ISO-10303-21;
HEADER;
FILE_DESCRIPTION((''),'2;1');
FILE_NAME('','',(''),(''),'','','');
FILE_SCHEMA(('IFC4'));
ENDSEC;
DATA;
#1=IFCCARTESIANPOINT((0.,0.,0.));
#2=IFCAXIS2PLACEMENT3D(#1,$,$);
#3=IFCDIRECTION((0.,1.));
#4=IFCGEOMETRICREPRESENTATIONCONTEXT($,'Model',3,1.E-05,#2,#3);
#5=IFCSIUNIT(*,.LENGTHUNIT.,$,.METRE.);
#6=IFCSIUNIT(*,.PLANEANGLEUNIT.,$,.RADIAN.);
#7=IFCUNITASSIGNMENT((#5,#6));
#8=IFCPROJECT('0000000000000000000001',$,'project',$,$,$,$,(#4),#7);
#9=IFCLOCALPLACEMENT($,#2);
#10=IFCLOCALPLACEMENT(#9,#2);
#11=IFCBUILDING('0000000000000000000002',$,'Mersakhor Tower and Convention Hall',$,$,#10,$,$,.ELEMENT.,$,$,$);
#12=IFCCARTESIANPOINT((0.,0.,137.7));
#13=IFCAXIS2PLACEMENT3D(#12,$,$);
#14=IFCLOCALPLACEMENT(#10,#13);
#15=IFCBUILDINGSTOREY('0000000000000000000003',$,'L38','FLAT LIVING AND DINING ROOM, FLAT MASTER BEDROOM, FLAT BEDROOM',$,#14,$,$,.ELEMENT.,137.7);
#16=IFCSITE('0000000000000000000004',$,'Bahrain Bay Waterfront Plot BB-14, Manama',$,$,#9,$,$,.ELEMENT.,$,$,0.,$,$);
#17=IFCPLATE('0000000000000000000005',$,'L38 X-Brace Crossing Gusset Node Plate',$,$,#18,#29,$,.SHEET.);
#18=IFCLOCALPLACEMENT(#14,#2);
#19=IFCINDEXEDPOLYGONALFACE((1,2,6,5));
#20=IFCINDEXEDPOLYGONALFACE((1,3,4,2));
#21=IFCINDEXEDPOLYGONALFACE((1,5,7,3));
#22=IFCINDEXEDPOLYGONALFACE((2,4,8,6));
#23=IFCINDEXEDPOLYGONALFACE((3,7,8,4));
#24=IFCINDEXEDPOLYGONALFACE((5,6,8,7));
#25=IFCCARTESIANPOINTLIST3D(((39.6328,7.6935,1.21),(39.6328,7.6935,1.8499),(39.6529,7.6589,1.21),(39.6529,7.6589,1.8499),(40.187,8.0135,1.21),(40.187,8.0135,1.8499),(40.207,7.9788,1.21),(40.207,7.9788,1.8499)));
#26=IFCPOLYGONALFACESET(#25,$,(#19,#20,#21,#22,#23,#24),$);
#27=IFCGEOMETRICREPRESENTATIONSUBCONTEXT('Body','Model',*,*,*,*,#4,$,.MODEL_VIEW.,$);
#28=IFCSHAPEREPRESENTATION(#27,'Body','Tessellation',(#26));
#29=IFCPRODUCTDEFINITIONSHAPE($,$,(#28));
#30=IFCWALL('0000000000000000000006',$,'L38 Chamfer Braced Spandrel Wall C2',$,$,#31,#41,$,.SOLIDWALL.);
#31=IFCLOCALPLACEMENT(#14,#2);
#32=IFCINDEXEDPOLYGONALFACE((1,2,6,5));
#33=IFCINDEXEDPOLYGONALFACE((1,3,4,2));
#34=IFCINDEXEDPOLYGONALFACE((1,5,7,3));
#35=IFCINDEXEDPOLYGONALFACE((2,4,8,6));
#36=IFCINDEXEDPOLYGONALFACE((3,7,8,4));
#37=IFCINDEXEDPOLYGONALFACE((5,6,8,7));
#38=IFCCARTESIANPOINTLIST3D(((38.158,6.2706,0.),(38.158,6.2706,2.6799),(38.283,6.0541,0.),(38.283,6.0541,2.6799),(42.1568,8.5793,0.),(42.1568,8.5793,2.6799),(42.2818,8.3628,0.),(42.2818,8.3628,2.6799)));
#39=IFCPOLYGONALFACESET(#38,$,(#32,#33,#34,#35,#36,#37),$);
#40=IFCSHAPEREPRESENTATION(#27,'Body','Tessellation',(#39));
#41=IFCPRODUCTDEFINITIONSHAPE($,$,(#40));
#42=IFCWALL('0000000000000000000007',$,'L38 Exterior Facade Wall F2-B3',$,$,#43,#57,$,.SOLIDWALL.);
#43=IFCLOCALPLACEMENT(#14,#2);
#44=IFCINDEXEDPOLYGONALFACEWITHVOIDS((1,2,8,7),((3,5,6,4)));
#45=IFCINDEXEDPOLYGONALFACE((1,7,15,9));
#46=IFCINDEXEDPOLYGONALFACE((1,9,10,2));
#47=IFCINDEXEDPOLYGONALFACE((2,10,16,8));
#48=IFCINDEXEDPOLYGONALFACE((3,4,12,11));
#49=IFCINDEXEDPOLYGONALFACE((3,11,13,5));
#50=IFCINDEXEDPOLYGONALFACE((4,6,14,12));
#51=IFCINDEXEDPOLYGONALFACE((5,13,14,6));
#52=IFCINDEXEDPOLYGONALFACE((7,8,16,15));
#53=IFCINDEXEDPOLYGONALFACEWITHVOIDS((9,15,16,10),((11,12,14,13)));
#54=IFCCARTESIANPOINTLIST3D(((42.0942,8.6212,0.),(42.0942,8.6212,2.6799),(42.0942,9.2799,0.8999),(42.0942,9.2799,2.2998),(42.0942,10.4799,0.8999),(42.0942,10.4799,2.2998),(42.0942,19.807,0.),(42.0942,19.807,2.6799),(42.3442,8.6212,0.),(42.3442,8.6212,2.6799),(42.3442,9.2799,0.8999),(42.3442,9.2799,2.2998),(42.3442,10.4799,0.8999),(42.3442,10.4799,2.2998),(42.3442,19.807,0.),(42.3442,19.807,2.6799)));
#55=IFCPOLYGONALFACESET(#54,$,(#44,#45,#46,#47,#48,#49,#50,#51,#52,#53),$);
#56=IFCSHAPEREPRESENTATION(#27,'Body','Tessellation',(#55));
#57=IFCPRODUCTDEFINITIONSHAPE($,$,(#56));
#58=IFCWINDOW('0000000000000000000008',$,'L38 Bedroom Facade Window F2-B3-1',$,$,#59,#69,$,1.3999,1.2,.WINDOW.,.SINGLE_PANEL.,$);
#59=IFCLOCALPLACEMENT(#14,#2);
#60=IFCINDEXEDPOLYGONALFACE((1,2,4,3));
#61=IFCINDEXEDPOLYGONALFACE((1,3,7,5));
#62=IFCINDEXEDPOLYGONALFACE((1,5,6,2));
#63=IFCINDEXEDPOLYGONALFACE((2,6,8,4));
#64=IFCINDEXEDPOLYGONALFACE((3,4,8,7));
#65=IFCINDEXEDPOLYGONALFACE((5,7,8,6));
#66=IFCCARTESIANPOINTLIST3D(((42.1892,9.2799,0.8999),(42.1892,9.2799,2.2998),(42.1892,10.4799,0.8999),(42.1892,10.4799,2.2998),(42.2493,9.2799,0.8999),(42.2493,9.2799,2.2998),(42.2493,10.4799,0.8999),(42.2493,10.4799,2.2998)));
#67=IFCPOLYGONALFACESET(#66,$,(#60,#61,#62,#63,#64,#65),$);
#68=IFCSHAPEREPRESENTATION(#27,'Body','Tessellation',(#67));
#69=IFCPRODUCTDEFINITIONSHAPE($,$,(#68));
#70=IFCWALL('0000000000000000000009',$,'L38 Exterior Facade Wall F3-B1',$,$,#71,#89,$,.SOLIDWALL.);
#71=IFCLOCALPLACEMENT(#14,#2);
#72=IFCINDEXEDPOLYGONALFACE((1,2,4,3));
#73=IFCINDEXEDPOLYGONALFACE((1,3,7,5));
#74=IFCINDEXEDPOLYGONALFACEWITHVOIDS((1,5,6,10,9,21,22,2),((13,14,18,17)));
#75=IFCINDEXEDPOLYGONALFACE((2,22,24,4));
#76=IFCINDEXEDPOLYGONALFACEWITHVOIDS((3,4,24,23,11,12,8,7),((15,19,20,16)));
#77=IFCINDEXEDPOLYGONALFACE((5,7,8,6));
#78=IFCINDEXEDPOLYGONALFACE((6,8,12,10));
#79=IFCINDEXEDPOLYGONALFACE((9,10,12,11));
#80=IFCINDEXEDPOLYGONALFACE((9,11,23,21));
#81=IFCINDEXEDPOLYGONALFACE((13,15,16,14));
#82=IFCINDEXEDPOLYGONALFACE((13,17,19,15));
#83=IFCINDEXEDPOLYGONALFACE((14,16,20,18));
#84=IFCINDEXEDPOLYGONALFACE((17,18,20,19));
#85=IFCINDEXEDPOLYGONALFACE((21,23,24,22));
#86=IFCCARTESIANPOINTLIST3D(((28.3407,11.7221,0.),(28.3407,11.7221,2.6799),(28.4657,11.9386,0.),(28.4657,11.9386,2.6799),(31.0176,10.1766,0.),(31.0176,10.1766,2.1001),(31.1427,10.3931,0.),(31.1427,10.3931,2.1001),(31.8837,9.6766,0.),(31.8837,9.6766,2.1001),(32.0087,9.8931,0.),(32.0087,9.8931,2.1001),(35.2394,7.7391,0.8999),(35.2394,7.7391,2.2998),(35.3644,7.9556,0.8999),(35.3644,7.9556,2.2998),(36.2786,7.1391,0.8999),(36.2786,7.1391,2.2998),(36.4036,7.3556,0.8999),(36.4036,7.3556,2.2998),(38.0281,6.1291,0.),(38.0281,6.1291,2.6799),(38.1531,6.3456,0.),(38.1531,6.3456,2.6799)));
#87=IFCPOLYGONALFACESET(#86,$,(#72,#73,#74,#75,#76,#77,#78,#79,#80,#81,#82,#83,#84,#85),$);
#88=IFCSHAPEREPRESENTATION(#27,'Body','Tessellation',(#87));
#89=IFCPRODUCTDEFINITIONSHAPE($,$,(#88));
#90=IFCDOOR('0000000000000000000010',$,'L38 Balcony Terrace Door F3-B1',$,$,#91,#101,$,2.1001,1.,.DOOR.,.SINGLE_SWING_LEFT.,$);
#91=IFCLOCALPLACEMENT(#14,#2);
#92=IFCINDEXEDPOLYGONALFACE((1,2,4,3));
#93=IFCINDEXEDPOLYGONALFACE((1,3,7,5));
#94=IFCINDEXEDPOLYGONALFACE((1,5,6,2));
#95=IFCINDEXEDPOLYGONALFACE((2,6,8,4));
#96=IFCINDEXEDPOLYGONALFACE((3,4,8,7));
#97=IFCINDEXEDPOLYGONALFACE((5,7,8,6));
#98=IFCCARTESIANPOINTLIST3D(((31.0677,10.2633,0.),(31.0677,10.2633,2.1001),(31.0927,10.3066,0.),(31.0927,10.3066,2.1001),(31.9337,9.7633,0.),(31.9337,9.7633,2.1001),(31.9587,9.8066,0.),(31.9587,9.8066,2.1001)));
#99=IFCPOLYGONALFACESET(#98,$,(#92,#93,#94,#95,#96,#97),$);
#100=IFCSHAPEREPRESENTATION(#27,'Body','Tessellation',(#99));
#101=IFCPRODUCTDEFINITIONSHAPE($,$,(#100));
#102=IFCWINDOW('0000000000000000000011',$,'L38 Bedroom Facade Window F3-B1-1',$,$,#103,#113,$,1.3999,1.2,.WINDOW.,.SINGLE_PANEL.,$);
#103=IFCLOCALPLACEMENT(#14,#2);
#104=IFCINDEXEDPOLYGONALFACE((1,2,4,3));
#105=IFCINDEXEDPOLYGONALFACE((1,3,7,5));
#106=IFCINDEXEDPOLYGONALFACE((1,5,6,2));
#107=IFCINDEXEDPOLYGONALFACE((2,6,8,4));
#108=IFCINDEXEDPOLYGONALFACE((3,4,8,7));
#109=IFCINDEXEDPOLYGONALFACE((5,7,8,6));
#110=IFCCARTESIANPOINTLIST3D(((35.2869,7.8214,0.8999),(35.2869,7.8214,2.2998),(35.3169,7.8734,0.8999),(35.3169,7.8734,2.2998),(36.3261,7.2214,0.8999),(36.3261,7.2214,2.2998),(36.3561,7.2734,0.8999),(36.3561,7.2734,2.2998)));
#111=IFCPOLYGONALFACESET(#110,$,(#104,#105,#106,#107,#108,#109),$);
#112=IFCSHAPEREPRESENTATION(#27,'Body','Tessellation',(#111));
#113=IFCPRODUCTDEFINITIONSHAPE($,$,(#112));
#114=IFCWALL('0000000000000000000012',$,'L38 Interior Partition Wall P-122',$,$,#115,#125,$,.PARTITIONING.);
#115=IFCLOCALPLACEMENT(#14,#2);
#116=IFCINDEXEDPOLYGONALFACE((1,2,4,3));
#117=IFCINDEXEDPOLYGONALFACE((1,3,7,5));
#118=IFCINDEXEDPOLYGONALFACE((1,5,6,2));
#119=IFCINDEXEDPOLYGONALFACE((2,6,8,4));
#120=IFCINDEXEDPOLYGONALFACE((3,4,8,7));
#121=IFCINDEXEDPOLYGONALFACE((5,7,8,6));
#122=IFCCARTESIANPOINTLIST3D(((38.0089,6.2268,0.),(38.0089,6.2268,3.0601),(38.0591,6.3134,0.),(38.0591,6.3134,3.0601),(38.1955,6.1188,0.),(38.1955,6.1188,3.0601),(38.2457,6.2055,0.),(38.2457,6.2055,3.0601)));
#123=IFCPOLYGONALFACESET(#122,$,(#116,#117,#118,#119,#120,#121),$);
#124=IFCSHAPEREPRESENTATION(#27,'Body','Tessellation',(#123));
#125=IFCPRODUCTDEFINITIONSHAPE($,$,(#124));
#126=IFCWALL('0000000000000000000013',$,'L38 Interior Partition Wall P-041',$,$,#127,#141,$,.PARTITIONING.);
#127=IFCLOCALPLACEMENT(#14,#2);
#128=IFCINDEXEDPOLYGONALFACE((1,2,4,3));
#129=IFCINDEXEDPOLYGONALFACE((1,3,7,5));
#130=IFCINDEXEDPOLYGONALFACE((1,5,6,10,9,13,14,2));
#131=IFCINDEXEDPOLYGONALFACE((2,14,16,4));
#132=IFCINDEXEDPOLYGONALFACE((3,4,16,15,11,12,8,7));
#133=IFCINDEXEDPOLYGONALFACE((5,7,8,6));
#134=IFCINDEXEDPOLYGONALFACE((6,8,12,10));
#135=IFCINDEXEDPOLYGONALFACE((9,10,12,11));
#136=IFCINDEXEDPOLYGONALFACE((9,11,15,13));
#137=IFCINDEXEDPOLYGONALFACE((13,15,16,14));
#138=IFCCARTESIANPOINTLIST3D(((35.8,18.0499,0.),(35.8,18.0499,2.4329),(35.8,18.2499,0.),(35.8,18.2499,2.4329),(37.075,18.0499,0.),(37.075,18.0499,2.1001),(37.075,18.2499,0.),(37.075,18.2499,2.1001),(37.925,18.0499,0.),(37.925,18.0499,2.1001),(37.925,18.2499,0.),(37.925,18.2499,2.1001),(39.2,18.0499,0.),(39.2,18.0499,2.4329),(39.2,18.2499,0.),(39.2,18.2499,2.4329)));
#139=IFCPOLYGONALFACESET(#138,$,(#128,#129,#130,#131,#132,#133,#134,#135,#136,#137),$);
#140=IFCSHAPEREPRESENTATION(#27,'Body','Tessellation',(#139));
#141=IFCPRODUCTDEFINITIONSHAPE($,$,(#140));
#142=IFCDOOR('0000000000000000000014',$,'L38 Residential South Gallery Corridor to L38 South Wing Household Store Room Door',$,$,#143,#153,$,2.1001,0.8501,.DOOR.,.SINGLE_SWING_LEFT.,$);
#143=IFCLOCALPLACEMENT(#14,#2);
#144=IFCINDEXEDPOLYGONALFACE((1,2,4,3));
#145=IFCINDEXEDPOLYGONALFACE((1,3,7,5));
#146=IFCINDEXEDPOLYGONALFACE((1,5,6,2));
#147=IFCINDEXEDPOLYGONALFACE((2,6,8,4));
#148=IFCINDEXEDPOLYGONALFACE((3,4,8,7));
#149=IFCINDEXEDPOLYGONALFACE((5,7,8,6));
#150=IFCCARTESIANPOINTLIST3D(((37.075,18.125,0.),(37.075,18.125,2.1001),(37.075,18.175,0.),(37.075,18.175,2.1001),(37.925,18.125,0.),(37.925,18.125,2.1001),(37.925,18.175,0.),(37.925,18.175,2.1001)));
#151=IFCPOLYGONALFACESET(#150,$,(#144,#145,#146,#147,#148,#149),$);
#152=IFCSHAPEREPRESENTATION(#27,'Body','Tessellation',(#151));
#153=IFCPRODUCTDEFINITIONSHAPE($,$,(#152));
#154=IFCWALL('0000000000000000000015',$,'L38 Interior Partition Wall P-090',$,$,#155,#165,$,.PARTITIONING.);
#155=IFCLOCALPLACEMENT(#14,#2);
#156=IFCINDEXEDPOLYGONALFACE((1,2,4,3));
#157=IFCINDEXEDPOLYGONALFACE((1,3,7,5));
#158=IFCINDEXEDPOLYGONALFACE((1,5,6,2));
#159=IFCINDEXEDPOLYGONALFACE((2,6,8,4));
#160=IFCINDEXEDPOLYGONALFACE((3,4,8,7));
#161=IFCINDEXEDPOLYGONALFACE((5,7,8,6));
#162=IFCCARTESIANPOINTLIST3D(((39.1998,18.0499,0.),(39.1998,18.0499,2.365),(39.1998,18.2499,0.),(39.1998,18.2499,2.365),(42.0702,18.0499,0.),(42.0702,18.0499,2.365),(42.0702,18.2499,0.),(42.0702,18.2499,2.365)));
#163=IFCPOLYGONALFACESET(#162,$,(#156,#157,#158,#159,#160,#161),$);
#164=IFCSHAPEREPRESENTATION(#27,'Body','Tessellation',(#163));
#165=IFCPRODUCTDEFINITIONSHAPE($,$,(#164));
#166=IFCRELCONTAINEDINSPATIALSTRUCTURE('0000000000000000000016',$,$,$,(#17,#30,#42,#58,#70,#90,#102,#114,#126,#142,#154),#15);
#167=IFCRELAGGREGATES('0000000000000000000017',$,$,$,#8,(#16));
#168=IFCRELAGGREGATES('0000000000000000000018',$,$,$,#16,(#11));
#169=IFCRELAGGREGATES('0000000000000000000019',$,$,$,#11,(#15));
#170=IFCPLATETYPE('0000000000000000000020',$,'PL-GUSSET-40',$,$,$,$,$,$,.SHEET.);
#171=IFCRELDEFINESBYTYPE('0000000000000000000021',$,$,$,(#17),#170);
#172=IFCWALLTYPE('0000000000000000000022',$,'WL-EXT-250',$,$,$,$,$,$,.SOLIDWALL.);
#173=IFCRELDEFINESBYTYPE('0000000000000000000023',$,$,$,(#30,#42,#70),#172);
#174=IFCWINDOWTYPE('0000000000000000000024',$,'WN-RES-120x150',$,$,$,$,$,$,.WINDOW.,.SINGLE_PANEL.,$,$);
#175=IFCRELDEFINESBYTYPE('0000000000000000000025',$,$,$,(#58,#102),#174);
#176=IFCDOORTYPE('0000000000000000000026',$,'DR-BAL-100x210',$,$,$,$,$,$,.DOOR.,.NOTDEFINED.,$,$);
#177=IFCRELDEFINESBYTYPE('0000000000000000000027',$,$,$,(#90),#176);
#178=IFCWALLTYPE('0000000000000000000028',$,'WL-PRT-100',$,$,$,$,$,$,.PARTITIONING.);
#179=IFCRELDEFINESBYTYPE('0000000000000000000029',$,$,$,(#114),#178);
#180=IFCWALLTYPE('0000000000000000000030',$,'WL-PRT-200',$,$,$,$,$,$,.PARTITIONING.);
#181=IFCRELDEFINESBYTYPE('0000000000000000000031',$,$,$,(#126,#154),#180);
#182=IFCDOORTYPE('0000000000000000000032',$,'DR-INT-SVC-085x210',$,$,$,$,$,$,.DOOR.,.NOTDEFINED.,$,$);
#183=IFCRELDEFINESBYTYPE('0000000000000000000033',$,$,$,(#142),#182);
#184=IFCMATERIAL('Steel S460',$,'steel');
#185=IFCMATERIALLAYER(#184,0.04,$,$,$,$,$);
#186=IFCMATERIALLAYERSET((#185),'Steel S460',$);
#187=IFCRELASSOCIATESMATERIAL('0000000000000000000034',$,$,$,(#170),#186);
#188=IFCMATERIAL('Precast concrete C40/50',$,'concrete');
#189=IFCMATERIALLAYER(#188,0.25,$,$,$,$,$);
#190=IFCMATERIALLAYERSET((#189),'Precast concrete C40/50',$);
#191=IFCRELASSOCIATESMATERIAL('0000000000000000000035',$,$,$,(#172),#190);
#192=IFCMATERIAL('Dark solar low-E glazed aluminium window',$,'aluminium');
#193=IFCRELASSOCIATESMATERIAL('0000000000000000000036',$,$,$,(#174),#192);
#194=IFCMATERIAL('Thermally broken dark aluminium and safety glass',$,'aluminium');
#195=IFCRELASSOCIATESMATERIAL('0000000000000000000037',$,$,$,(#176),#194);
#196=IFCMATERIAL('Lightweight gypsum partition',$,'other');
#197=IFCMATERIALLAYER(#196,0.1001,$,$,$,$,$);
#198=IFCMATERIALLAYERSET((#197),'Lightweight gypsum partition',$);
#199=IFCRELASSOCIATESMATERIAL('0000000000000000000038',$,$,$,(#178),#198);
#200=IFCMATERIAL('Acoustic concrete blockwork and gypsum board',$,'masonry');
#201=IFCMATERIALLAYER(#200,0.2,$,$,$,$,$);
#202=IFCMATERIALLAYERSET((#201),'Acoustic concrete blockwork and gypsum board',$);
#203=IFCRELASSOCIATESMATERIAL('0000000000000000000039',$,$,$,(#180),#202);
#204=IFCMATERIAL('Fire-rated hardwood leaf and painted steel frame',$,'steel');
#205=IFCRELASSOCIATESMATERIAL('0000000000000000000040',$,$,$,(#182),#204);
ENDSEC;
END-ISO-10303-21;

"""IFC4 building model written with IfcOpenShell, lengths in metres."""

from ifc_helpers import new_model, si_unit, direction, frame, frame_2d, origin, origin_2d, place, context, subcontext, project, spatial, rectangle, extrude, material, layer, layer_set, type_object, element, fill, save


model = new_model("IFC4")

# Units and contexts
model_context = context("Model", 3, precision=1e-05, world=origin(), true_north=direction((0.0, 1.0)))
body_context = subcontext(model_context, "Body", "Model", "MODEL_VIEW")
ifc_project = project(units=[si_unit("LENGTHUNIT", "METRE"), si_unit("PLANEANGLEUNIT", "RADIAN")], contexts=[model_context])

# Site, building, storey
site_placement = place(None, origin())
site = spatial("IfcSite", under=ifc_project, at=site_placement, Name="Bahrain Bay Waterfront Plot BB-14, Manama", CompositionType="ELEMENT", RefElevation=0.0)
building_placement = place(site_placement, origin())
building = spatial("IfcBuilding", under=site, at=building_placement, Name="Mersakhor Tower and Convention Hall", CompositionType="ELEMENT")
storey_placement = place(building_placement, frame((0.0, 0.0, 137.7)))
storey = spatial("IfcBuildingStorey", under=building, at=storey_placement, Name="L38", Description="FLAT LIVING AND DINING ROOM, FLAT MASTER BEDROOM, FLAT BEDROOM", CompositionType="ELEMENT", Elevation=137.7)

# Plate
ifc_material_1 = material(Name="Steel S460", Category="steel")
ifc_layer_1 = layer(ifc_material_1, 0.04)
ifc_layer_set_1 = layer_set([ifc_layer_1], Name="Steel S460")
plate_type_1 = type_object("IfcPlateType", Name="PL-GUSSET-40", PredefinedType="SHEET", material=ifc_layer_set_1)
plate_1_placement = place(storey_placement, frame((39.9199, 7.8362, 1.21), z_axis=(0.0, 0.0, 1.0), x_axis=(0.866025, 0.5, 0.0)))
element("IfcPlate", 1, at=plate_1_placement, inside=storey, type_object=plate_type_1, Name="L38 X-Brace Crossing Gusset Node Plate", PredefinedType="SHEET", context=body_context, shape_type="SweptSolid", body=[
    extrude(rectangle(XDim=0.6399, YDim=0.04, at=origin_2d()), origin(), (0.0, 0.0, 1.0), 0.6399),
])

# Wall
ifc_material_2 = material(Name="Precast concrete C40/50", Category="concrete")
ifc_layer_2 = layer(ifc_material_2, 0.25)
ifc_layer_set_2 = layer_set([ifc_layer_2], Name="Precast concrete C40/50")
wall_type_1 = type_object("IfcWallType", Name="WL-EXT-250", PredefinedType="SOLIDWALL", material=ifc_layer_set_2)
wall_1_placement = place(storey_placement, frame((42.2192, 8.4709, 0.0), z_axis=(0.0, 0.0, 1.0), x_axis=(-0.866035, -0.499983, 0.0)))
element("IfcWall", 2, at=wall_1_placement, inside=storey, type_object=wall_type_1, Name="L38 Chamfer Braced Spandrel Wall C2", PredefinedType="SOLIDWALL", context=body_context, shape_type="SweptSolid", body=[
    extrude(rectangle(XDim=4.6174, YDim=0.25, at=frame_2d((2.3086, 0.0))), origin(), (0.0, 0.0, 1.0), 2.6799),
])

# Wall, opening, window
wall_2_placement = place(storey_placement, frame((42.2192, 19.8069, 0.0), z_axis=(0.0, 0.0, 1.0), x_axis=(0.0, -1.0, 0.0)))
wall_2 = element("IfcWall", 3, at=wall_2_placement, inside=storey, type_object=wall_type_1, Name="L38 Exterior Facade Wall F2-B3", PredefinedType="SOLIDWALL", context=body_context, shape_type="SweptSolid", body=[
    extrude(rectangle(XDim=11.1858, YDim=0.25, at=frame_2d((5.5928, 0.0))), origin(), (0.0, 0.0, 1.0), 2.6799),
])
opening_1_placement = place(wall_2_placement, frame((9.3269, 0.0, 0.8999)))
opening_1 = element("IfcOpeningElement", 4, at=opening_1_placement, cuts=wall_2, PredefinedType="OPENING", context=body_context, shape_type="SweptSolid", body=[
    extrude(rectangle(XDim=1.2, YDim=1.3999, at=frame_2d((0.6001, 0.7))), frame((0.0, 0.135, 0.0), z_axis=(0.0, -1.0, 0.0), x_axis=(1.0, 0.0, 0.0)), (0.0, 0.0, 1.0), 0.27),
])
ifc_material_3 = material(Name="Dark solar low-E glazed aluminium window", Category="aluminium")
window_type = type_object("IfcWindowType", Name="WN-RES-120x150", PartitioningType="SINGLE_PANEL", PredefinedType="WINDOW", material=ifc_material_3)
window_1_placement = place(opening_1_placement, origin())
window_1 = element("IfcWindow", 5, at=window_1_placement, inside=storey, type_object=window_type, Name="L38 Bedroom Facade Window F2-B3-1", OverallHeight=1.3999, OverallWidth=1.2, PartitioningType="SINGLE_PANEL", PredefinedType="WINDOW", context=body_context, shape_type="SweptSolid", body=[
    extrude(rectangle(XDim=1.2, YDim=1.3999, at=frame_2d((0.6001, 0.7))), frame((0.0, 0.03, 0.0), z_axis=(0.0, -1.0, 0.0), x_axis=(1.0, 0.0, 0.0)), (0.0, 0.0, 1.0), 0.0601),
])
fill(opening_1, window_1)

# Wall, openings, door, window
wall_3_placement = place(storey_placement, frame((38.0906, 6.2373, 0.0), z_axis=(0.0, 0.0, 1.0), x_axis=(-0.866022, 0.500005, 0.0)))
wall_3 = element("IfcWall", 6, at=wall_3_placement, inside=storey, type_object=wall_type_1, Name="L38 Exterior Facade Wall F3-B1", PredefinedType="SOLIDWALL", context=body_context, shape_type="SweptSolid", body=[
    extrude(rectangle(XDim=11.186, YDim=0.25, at=frame_2d((5.593, 0.0))), origin(), (0.0, 0.0, 1.0), 2.6799),
])
opening_2_placement = place(wall_3_placement, frame((7.095, 0.0, 0.0)))
opening_2 = element("IfcOpeningElement", 7, at=opening_2_placement, cuts=wall_3, PredefinedType="OPENING", context=body_context, shape_type="SweptSolid", body=[
    extrude(rectangle(XDim=1.0, YDim=2.1001, at=frame_2d((0.5, 1.05))), frame((0.0, 0.135, 0.0), z_axis=(0.0, -1.0, 0.0), x_axis=(1.0, 0.0, 0.0)), (0.0, 0.0, 1.0), 0.27),
])
opening_3_placement = place(wall_3_placement, frame((2.02, 0.0, 0.8999)))
opening_3 = element("IfcOpeningElement", 8, at=opening_3_placement, cuts=wall_3, PredefinedType="OPENING", context=body_context, shape_type="SweptSolid", body=[
    extrude(rectangle(XDim=1.2, YDim=1.3999, at=frame_2d((0.6001, 0.7))), frame((0.0, 0.135, 0.0), z_axis=(0.0, -1.0, 0.0), x_axis=(1.0, 0.0, 0.0)), (0.0, 0.0, 1.0), 0.27),
])
ifc_material_4 = material(Name="Thermally broken dark aluminium and safety glass", Category="aluminium")
door_type_1 = type_object("IfcDoorType", Name="DR-BAL-100x210", OperationType="NOTDEFINED", PredefinedType="DOOR", material=ifc_material_4)
door_1_placement = place(opening_2_placement, origin())
door_1 = element("IfcDoor", 9, at=door_1_placement, inside=storey, type_object=door_type_1, Name="L38 Balcony Terrace Door F3-B1", OperationType="SINGLE_SWING_LEFT", OverallHeight=2.1001, OverallWidth=1.0, PredefinedType="DOOR", context=body_context, shape_type="SweptSolid", body=[
    extrude(rectangle(XDim=1.0, YDim=2.1001, at=frame_2d((0.5, 1.05))), frame((0.0, 0.0249, 0.0), z_axis=(0.0, -1.0, 0.0), x_axis=(1.0, 0.0, 0.0)), (0.0, 0.0, 1.0), 0.05),
])
fill(opening_2, door_1)
window_2_placement = place(opening_3_placement, origin())
window_2 = element("IfcWindow", 10, at=window_2_placement, inside=storey, type_object=window_type, Name="L38 Bedroom Facade Window F3-B1-1", OverallHeight=1.3999, OverallWidth=1.2, PartitioningType="SINGLE_PANEL", PredefinedType="WINDOW", context=body_context, shape_type="SweptSolid", body=[
    extrude(rectangle(XDim=1.2, YDim=1.3999, at=frame_2d((0.6001, 0.7))), frame((0.0, 0.03, 0.0), z_axis=(0.0, -1.0, 0.0), x_axis=(1.0, 0.0, 0.0)), (0.0, 0.0, 1.0), 0.0601),
])
fill(opening_3, window_2)

# Wall
ifc_material_5 = material(Name="Lightweight gypsum partition", Category="other")
ifc_layer_3 = layer(ifc_material_5, 0.1001)
ifc_layer_set_3 = layer_set([ifc_layer_3], Name="Lightweight gypsum partition")
wall_type_2 = type_object("IfcWallType", Name="WL-PRT-100", PredefinedType="PARTITIONING", material=ifc_layer_set_3)
wall_4_placement = place(storey_placement, frame((38.2207, 6.1621, 0.0), z_axis=(0.0, 0.0, 1.0), x_axis=(-0.865581, 0.500768, 0.0)))
element("IfcWall", 11, at=wall_4_placement, inside=storey, type_object=wall_type_2, Name="L38 Interior Partition Wall P-122", PredefinedType="PARTITIONING", context=body_context, shape_type="SweptSolid", body=[
    extrude(rectangle(XDim=0.2156, YDim=0.1001, at=frame_2d((0.1079, 0.0))), origin(), (0.0, 0.0, 1.0), 3.0601),
])

# Wall, opening, door
ifc_material_6 = material(Name="Acoustic concrete blockwork and gypsum board", Category="masonry")
ifc_layer_4 = layer(ifc_material_6, 0.2)
ifc_layer_set_4 = layer_set([ifc_layer_4], Name="Acoustic concrete blockwork and gypsum board")
wall_type_3 = type_object("IfcWallType", Name="WL-PRT-200", PredefinedType="PARTITIONING", material=ifc_layer_set_4)
wall_5_placement = place(storey_placement, frame((39.2, 18.1499, 0.0), z_axis=(0.0, 0.0, 1.0), x_axis=(-1.0, 0.0, 0.0)))
wall_5 = element("IfcWall", 12, at=wall_5_placement, inside=storey, type_object=wall_type_3, Name="L38 Interior Partition Wall P-041", PredefinedType="PARTITIONING", context=body_context, shape_type="SweptSolid", body=[
    extrude(rectangle(XDim=3.3999, YDim=0.2, at=frame_2d((1.7, 0.0))), origin(), (0.0, 0.0, 1.0), 2.4329),
])
opening_4_placement = place(wall_5_placement, frame((1.2749, 0.0, 0.0)))
opening_4 = element("IfcOpeningElement", 13, at=opening_4_placement, cuts=wall_5, PredefinedType="OPENING", context=body_context, shape_type="SweptSolid", body=[
    extrude(rectangle(XDim=0.8501, YDim=2.1001, at=frame_2d((0.425, 1.05))), frame((0.0, 0.1099, 0.0), z_axis=(0.0, -1.0, 0.0), x_axis=(1.0, 0.0, 0.0)), (0.0, 0.0, 1.0), 0.22),
])
ifc_material_7 = material(Name="Fire-rated hardwood leaf and painted steel frame", Category="steel")
door_type_2 = type_object("IfcDoorType", Name="DR-INT-SVC-085x210", OperationType="NOTDEFINED", PredefinedType="DOOR", material=ifc_material_7)
door_2_placement = place(opening_4_placement, origin())
door_2 = element("IfcDoor", 14, at=door_2_placement, inside=storey, type_object=door_type_2, Name="L38 Residential South Gallery Corridor to L38 South Wing Household Store Room Door", OperationType="SINGLE_SWING_LEFT", OverallHeight=2.1001, OverallWidth=0.8501, PredefinedType="DOOR", context=body_context, shape_type="SweptSolid", body=[
    extrude(rectangle(XDim=0.8501, YDim=2.1001, at=frame_2d((0.425, 1.05))), frame((0.0, 0.0249, 0.0), z_axis=(0.0, -1.0, 0.0), x_axis=(1.0, 0.0, 0.0)), (0.0, 0.0, 1.0), 0.05),
])
fill(opening_4, door_2)

# Wall
wall_6_placement = place(storey_placement, frame((39.2, 18.1499, 0.0), z_axis=(0.0, 0.0, 1.0), x_axis=(1.0, 0.0, 0.0)))
element("IfcWall", 15, at=wall_6_placement, inside=storey, type_object=wall_type_3, Name="L38 Interior Partition Wall P-090", PredefinedType="PARTITIONING", context=body_context, shape_type="SweptSolid", body=[
    extrude(rectangle(XDim=2.8704, YDim=0.2, at=frame_2d((1.4351, 0.0))), origin(), (0.0, 0.0, 1.0), 2.365),
])

save(model, "model.ifc")
